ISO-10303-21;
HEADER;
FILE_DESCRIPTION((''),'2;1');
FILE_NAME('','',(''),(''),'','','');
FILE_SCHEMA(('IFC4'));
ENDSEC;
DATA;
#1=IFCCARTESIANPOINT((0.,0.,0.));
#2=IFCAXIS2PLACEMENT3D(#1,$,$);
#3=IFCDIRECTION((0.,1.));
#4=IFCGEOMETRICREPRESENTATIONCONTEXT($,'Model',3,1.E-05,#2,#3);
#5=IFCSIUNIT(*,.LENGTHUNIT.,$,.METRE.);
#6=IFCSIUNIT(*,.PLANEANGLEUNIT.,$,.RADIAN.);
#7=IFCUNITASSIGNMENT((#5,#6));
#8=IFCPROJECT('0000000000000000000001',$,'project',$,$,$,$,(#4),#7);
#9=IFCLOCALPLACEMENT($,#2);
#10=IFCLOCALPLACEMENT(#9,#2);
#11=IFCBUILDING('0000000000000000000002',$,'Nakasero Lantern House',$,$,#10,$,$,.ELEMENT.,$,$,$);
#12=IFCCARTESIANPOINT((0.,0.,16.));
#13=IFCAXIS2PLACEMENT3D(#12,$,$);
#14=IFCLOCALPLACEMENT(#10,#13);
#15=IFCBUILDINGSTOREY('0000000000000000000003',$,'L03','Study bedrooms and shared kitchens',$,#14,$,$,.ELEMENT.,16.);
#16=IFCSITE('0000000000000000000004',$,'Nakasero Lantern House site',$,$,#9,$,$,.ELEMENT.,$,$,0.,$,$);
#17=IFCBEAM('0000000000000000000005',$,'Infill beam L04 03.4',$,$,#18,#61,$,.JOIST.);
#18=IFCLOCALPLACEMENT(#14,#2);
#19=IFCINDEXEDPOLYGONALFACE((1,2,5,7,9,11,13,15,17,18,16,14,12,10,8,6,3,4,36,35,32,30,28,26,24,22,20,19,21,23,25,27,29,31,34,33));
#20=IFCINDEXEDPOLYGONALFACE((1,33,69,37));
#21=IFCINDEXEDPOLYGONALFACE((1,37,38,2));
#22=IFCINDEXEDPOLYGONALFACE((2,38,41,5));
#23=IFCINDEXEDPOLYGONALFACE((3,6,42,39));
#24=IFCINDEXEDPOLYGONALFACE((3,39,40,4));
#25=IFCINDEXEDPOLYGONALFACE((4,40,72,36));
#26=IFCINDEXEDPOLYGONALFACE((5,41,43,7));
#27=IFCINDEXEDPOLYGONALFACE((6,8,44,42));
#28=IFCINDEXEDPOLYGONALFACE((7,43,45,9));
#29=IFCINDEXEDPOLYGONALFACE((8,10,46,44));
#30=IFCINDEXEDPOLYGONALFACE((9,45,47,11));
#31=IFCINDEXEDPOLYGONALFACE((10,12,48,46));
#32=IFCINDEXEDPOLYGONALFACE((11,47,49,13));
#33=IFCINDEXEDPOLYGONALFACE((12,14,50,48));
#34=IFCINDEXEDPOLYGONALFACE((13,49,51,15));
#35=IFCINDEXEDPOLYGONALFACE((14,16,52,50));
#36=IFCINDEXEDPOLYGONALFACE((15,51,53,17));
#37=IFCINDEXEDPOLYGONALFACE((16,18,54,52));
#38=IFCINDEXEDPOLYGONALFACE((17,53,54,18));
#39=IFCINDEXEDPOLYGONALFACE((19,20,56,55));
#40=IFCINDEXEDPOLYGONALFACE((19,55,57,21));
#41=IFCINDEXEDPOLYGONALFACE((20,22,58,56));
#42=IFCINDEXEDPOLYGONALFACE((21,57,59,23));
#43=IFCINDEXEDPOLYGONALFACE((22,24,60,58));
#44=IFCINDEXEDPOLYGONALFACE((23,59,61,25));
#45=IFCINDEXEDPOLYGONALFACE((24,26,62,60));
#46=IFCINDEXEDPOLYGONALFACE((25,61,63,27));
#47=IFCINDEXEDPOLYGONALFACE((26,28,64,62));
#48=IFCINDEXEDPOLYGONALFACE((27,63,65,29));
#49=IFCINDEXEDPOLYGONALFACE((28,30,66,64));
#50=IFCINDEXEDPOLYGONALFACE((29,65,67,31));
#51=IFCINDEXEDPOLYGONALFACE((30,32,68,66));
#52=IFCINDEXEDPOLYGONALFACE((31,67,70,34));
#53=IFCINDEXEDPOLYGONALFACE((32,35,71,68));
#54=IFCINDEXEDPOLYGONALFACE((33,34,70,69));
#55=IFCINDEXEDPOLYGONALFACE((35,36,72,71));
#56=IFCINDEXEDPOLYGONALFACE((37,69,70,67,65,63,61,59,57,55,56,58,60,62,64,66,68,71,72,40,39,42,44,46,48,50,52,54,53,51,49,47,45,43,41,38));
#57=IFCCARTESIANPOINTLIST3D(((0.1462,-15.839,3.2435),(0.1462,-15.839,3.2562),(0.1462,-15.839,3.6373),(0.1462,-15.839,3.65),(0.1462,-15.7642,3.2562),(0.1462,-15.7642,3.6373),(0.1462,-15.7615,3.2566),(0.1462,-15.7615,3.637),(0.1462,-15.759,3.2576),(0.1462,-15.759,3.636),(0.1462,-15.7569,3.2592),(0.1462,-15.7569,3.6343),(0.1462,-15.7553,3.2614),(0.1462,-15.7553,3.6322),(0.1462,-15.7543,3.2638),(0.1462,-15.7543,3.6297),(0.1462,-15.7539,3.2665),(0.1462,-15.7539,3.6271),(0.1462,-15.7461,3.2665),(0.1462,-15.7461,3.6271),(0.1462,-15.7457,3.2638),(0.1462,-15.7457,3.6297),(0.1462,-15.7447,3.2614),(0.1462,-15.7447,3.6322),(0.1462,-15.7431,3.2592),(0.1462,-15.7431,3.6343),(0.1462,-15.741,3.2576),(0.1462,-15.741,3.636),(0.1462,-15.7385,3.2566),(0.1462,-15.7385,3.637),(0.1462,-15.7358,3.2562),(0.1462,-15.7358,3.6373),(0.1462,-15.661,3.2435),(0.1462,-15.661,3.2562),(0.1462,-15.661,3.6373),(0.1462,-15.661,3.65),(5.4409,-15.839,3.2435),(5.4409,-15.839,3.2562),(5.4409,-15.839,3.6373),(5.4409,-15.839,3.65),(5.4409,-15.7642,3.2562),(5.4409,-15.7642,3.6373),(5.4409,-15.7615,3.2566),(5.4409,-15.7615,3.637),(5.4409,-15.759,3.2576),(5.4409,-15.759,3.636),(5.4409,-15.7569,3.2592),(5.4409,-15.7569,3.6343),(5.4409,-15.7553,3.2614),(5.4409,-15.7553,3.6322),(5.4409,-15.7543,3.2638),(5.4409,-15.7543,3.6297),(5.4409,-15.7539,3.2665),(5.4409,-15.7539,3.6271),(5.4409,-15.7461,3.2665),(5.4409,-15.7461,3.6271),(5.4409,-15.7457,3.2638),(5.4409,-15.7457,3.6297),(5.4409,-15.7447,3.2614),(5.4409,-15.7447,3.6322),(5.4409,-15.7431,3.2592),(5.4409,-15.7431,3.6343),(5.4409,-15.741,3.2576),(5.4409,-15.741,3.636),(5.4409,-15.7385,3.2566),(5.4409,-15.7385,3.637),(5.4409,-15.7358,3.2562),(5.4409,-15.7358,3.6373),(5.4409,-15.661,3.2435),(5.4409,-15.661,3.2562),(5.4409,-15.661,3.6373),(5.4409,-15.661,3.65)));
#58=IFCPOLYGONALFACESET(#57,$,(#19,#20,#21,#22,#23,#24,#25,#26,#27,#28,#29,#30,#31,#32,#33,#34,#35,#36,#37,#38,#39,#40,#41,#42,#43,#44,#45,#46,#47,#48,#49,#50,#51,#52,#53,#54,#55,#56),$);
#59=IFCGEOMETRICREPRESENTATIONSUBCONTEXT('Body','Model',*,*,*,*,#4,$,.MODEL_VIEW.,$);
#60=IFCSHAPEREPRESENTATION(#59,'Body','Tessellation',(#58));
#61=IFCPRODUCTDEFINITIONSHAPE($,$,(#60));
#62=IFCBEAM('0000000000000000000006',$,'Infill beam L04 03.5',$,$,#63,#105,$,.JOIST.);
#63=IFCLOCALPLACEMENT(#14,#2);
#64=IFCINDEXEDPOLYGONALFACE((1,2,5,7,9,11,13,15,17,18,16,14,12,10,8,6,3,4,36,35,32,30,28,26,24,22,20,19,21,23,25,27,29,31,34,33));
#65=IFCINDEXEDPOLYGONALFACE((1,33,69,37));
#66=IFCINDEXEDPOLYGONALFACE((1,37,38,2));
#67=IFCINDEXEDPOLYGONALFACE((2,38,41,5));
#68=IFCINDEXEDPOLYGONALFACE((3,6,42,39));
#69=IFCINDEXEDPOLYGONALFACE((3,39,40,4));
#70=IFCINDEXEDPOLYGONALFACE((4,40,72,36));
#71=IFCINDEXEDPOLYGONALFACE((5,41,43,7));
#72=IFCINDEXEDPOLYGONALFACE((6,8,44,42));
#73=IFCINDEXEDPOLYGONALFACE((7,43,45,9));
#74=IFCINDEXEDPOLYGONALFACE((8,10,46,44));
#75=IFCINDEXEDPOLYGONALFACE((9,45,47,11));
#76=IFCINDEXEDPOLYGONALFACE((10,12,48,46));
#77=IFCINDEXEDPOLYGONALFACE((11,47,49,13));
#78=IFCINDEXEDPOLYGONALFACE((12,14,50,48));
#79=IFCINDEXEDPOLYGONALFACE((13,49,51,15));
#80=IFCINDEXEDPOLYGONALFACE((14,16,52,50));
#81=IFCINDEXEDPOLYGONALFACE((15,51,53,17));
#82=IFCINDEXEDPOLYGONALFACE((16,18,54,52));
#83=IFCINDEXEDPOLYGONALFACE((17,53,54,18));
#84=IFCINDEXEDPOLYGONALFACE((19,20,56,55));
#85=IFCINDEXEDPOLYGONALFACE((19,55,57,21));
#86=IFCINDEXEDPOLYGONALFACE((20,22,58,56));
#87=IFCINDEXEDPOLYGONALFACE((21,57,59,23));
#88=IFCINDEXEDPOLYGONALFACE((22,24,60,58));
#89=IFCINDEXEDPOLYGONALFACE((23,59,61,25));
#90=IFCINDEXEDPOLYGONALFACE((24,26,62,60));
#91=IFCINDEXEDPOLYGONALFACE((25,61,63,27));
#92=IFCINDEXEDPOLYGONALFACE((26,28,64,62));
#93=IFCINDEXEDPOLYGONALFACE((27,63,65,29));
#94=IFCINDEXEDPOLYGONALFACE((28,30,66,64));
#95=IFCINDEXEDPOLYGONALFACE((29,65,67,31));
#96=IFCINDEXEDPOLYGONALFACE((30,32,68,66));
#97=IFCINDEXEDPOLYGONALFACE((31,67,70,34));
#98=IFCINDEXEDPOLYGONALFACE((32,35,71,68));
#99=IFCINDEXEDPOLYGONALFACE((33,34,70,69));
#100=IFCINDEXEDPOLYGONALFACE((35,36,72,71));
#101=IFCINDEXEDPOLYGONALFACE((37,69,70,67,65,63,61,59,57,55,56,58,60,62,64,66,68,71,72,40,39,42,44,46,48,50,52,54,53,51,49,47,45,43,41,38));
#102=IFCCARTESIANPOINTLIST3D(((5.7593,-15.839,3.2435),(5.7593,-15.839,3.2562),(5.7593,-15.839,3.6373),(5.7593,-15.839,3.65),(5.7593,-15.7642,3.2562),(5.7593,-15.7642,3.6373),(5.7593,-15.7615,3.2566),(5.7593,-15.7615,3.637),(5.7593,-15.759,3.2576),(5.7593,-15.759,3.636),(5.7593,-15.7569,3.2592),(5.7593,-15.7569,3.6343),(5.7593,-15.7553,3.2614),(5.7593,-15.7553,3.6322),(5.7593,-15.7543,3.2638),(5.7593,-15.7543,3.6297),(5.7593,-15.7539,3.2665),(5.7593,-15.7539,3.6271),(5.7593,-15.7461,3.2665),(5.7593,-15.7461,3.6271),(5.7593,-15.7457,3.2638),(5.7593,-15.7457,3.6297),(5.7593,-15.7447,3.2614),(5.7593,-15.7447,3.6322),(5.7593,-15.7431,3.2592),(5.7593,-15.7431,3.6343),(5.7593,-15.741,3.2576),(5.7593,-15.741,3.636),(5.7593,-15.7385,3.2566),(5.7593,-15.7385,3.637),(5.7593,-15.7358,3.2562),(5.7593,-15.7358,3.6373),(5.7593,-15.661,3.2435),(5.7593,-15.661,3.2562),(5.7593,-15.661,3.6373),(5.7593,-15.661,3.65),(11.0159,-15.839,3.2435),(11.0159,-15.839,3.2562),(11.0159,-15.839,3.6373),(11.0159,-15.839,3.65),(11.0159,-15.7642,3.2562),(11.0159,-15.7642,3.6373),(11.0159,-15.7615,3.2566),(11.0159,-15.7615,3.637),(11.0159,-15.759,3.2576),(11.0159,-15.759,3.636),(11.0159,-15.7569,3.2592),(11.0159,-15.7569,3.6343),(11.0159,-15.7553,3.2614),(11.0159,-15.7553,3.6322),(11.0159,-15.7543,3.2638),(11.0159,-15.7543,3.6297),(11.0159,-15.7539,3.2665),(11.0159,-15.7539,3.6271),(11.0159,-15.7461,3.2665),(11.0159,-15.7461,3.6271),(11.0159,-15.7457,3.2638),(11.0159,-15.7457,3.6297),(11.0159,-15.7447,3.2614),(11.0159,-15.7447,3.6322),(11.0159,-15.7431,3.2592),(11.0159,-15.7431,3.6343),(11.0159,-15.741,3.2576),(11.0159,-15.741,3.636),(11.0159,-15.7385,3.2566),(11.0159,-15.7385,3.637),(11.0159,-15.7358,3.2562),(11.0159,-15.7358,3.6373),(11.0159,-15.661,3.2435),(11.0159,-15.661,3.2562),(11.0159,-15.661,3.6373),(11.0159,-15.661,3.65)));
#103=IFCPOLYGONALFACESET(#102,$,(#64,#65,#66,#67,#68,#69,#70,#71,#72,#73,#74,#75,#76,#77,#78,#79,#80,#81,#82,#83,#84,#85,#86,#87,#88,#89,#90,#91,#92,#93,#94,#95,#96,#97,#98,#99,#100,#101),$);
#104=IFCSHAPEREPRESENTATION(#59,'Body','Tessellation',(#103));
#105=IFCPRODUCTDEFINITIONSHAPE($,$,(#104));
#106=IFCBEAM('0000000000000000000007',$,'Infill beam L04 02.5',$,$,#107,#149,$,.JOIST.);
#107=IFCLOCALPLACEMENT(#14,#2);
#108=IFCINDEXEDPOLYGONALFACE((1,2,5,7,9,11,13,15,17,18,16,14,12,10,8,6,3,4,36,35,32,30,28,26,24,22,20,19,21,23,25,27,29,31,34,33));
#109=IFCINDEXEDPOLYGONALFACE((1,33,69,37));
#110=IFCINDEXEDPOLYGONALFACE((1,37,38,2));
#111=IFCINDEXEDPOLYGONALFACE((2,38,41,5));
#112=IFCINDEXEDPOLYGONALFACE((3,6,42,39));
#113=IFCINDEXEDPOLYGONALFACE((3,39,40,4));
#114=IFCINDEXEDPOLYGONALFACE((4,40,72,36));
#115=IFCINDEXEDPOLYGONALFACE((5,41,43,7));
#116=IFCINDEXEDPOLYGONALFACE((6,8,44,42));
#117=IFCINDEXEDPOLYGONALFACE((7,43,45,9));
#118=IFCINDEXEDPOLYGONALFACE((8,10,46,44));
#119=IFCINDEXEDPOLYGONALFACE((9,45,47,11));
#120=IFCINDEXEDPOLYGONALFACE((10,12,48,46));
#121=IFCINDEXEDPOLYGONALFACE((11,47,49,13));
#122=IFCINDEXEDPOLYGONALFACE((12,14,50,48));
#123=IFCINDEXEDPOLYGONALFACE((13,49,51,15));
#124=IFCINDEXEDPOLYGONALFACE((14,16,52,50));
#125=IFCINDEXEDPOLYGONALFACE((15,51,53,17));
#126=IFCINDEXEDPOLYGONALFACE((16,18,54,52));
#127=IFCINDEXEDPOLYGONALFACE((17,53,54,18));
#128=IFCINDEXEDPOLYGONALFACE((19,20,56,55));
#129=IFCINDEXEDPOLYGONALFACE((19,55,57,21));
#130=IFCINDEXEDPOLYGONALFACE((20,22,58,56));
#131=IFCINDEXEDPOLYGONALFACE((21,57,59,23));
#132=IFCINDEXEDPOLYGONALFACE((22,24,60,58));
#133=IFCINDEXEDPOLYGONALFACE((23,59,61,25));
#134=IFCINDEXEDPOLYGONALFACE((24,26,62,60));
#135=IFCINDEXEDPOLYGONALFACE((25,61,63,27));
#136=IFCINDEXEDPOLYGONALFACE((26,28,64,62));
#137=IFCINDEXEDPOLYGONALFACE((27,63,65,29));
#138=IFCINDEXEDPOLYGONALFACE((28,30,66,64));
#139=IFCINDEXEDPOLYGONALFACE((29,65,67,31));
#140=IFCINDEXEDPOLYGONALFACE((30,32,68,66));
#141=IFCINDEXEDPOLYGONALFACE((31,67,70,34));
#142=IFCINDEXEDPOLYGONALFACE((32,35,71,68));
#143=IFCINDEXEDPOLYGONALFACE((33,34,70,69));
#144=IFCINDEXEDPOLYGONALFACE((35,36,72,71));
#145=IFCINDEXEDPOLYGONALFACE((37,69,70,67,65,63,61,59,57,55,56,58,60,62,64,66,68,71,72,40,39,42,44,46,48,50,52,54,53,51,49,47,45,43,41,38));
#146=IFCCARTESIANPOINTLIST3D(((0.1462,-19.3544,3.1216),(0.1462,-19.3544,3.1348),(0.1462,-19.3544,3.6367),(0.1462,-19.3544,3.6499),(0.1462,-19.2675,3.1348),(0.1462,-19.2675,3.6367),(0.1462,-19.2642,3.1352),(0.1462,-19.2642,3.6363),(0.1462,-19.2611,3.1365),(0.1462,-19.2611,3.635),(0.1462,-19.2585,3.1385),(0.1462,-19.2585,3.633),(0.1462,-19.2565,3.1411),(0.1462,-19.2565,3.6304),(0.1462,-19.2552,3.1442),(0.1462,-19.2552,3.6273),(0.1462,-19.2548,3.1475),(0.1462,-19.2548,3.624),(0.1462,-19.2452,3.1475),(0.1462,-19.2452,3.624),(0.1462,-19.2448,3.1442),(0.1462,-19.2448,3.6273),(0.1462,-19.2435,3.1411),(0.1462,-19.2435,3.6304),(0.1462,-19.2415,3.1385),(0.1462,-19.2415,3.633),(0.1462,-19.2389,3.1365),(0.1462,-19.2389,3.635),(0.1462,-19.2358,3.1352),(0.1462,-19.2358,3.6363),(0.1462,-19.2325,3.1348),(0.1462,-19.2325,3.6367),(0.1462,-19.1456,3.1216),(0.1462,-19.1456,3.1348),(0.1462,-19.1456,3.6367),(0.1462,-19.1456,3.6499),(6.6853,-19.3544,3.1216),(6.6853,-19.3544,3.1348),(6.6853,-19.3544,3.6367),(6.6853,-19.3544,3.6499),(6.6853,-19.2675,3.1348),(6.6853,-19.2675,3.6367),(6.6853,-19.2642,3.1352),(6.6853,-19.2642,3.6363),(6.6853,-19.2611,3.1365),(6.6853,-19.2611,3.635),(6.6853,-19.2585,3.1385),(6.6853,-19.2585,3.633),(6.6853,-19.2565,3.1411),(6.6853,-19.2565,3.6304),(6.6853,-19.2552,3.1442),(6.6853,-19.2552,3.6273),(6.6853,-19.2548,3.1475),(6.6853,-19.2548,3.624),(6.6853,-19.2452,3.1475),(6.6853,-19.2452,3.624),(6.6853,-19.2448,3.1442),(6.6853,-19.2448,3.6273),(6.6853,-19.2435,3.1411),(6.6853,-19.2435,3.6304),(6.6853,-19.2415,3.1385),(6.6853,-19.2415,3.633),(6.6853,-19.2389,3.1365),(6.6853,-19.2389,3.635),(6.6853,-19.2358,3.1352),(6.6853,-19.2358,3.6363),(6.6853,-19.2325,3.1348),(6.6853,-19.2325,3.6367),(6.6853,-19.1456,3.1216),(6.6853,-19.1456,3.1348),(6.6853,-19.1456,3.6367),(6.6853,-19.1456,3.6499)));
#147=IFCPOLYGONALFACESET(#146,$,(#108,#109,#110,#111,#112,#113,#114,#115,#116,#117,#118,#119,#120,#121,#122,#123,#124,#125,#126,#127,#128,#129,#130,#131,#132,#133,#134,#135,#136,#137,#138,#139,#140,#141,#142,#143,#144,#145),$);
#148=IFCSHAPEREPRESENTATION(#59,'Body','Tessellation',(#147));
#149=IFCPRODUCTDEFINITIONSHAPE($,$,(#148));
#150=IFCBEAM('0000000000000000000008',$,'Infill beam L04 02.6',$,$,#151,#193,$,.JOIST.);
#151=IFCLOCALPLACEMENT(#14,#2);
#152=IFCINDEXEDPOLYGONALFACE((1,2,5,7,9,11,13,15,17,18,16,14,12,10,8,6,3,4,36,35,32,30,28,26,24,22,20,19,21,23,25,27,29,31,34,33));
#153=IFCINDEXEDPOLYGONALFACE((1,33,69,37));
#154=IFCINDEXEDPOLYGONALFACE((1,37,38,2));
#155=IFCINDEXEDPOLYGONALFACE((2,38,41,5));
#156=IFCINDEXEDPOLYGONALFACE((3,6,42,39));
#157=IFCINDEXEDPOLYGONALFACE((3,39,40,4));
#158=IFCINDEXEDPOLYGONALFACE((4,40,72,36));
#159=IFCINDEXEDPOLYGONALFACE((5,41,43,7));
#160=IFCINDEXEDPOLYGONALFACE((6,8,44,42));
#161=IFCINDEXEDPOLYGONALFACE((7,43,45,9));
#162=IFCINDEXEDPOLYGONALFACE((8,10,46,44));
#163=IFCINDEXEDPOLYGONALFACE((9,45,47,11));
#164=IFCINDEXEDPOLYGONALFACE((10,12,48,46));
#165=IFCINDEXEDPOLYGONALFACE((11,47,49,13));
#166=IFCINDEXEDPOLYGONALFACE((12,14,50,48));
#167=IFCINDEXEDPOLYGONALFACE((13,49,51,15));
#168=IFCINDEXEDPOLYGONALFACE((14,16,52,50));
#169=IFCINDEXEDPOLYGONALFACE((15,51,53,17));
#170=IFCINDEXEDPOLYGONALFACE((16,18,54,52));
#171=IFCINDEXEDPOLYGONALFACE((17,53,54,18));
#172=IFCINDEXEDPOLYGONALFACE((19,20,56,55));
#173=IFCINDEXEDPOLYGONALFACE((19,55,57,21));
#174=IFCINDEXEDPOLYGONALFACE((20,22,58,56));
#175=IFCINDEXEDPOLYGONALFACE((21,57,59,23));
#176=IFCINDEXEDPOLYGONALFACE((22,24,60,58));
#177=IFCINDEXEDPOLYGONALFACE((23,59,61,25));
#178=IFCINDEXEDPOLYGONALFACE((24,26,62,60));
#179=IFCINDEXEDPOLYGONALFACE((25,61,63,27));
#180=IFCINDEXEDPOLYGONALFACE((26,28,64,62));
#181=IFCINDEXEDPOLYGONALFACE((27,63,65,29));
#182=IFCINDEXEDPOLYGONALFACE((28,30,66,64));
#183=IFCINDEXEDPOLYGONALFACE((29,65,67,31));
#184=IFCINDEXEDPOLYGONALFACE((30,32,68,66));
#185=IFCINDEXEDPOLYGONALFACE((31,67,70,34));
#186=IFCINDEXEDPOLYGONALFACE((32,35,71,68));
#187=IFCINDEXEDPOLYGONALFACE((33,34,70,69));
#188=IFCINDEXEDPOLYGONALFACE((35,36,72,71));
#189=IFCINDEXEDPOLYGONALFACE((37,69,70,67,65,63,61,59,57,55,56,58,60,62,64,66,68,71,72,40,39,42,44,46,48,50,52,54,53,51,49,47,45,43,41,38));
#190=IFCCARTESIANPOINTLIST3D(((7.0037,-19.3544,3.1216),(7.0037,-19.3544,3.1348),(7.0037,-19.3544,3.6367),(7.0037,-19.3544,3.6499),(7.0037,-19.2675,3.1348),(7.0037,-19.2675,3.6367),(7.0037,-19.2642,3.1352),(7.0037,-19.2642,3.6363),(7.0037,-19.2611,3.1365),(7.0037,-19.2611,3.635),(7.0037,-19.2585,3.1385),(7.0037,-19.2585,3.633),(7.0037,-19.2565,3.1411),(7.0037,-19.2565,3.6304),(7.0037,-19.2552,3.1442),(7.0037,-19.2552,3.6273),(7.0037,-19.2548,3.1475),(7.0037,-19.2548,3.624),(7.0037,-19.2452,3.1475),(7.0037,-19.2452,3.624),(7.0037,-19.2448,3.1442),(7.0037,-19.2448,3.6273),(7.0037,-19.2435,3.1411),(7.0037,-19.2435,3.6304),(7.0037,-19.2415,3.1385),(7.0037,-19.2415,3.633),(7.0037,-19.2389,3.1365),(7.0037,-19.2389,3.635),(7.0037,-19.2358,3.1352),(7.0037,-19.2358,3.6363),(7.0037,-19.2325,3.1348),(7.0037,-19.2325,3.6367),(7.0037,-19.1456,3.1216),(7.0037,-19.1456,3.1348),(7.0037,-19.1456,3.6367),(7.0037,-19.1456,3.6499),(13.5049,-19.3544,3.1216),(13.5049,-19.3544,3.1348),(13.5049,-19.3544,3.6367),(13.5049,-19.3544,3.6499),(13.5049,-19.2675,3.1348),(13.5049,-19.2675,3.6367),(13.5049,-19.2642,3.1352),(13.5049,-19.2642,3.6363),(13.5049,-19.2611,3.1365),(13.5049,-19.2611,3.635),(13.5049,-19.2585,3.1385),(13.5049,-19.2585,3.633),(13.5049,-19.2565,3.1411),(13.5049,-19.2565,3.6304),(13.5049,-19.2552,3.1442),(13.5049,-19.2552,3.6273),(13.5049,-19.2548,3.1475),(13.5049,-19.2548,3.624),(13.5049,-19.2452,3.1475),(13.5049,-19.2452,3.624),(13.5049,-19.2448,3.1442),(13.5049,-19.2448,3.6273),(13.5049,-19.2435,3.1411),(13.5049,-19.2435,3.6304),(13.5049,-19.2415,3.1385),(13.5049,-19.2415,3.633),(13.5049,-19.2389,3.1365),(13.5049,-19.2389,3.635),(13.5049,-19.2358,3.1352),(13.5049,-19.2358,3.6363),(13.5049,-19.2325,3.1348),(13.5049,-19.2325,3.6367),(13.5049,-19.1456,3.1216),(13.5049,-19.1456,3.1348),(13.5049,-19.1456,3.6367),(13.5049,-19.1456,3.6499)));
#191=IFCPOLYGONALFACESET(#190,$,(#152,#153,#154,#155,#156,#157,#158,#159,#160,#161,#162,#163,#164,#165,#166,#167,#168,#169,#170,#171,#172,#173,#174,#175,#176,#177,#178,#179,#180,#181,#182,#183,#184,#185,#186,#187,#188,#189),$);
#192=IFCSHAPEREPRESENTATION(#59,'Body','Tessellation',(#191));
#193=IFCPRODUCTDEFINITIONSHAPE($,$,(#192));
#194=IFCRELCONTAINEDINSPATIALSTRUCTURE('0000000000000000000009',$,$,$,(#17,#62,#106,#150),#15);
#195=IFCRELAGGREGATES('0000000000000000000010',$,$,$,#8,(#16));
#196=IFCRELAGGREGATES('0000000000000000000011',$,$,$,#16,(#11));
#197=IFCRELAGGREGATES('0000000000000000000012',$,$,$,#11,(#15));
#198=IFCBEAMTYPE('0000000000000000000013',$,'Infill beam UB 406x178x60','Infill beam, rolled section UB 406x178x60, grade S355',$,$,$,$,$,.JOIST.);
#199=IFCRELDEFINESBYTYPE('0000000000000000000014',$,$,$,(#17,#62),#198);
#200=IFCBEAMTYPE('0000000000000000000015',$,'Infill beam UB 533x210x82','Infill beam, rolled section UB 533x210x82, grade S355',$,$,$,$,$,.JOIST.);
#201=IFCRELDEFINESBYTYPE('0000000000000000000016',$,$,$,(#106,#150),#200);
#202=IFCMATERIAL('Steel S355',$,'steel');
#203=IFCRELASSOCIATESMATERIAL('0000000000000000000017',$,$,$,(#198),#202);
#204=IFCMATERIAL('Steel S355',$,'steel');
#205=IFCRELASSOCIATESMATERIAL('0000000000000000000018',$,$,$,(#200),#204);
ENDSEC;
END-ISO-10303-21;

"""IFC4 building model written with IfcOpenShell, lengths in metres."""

from ifc_helpers import new_model, si_unit, direction, frame, origin, origin_2d, place, context, subcontext, project, spatial, i_section, extrude, material, material_profile, profile_set, type_object, element, save


model = new_model("IFC4")

# Units and contexts
model_context = context("Model", 3, precision=1e-05, world=origin(), true_north=direction((0.0, 1.0)))
body_context = subcontext(model_context, "Body", "Model", "MODEL_VIEW")
ifc_project = project(units=[si_unit("LENGTHUNIT", "METRE"), si_unit("PLANEANGLEUNIT", "RADIAN")], contexts=[model_context])

# Site, building, storey
site_placement = place(None, origin())
site = spatial("IfcSite", under=ifc_project, at=site_placement, Name="Nakasero Lantern House site", CompositionType="ELEMENT", RefElevation=0.0)
building_placement = place(site_placement, origin())
building = spatial("IfcBuilding", under=site, at=building_placement, Name="Nakasero Lantern House", CompositionType="ELEMENT")
storey_placement = place(building_placement, frame((0.0, 0.0, 16.0)))
storey = spatial("IfcBuildingStorey", under=building, at=storey_placement, Name="L03", Description="Study bedrooms and shared kitchens", CompositionType="ELEMENT", Elevation=16.0)

# Beams
ifc_material_1 = material(Name="Steel S355", Category="steel")
ifc_material_profile_1 = material_profile(ifc_material_1, i_section(OverallWidth=0.178, OverallDepth=0.4065, WebThickness=0.0078, FlangeThickness=0.0127, FilletRadius=0.0103, at=origin_2d()), Name="UB 406x178x60")
ifc_profile_set_1 = profile_set([ifc_material_profile_1], Name="Steel S355")
beam_type_1 = type_object("IfcBeamType", Name="Infill beam UB 406x178x60", Description="Infill beam, rolled section UB 406x178x60, grade S355", PredefinedType="JOIST", material=ifc_profile_set_1)
beam_1_placement = place(storey_placement, frame((0.1462, -15.75, 3.4468), z_axis=(1.0, 0.0, 0.0), x_axis=(0.0, 1.0, 0.0)))
element("IfcBeam", 1, at=beam_1_placement, inside=storey, type_object=beam_type_1, Name="Infill beam L04 03.4", PredefinedType="JOIST", context=body_context, shape_type="SweptSolid", body=[
    extrude(i_section(OverallWidth=0.178, OverallDepth=0.4065, WebThickness=0.0078, FlangeThickness=0.0127, FilletRadius=0.0103, at=origin_2d()), origin(), (0.0, 0.0, 1.0), 5.2947),
])
beam_2_placement = place(storey_placement, frame((5.7593, -15.75, 3.4468), z_axis=(1.0, 0.0, 0.0), x_axis=(0.0, 1.0, 0.0)))
element("IfcBeam", 2, at=beam_2_placement, inside=storey, type_object=beam_type_1, Name="Infill beam L04 03.5", PredefinedType="JOIST", context=body_context, shape_type="SweptSolid", body=[
    extrude(i_section(OverallWidth=0.178, OverallDepth=0.4065, WebThickness=0.0078, FlangeThickness=0.0127, FilletRadius=0.0103, at=origin_2d()), origin(), (0.0, 0.0, 1.0), 5.2566),
])
ifc_material_2 = material(Name="Steel S355", Category="steel")
ifc_material_profile_2 = material_profile(ifc_material_2, i_section(OverallWidth=0.2087, OverallDepth=0.5283, WebThickness=0.0095, FlangeThickness=0.0132, FilletRadius=0.0127, at=origin_2d()), Name="UB 533x210x82")
ifc_profile_set_2 = profile_set([ifc_material_profile_2], Name="Steel S355")
beam_type_2 = type_object("IfcBeamType", Name="Infill beam UB 533x210x82", Description="Infill beam, rolled section UB 533x210x82, grade S355", PredefinedType="JOIST", material=ifc_profile_set_2)
beam_3_placement = place(storey_placement, frame((0.1462, -19.25, 3.3857), z_axis=(1.0, 0.0, 0.0), x_axis=(0.0, 1.0, 0.0)))
element("IfcBeam", 3, at=beam_3_placement, inside=storey, type_object=beam_type_2, Name="Infill beam L04 02.5", PredefinedType="JOIST", context=body_context, shape_type="SweptSolid", body=[
    extrude(i_section(OverallWidth=0.2087, OverallDepth=0.5283, WebThickness=0.0095, FlangeThickness=0.0132, FilletRadius=0.0127, at=origin_2d()), origin(), (0.0, 0.0, 1.0), 6.5391),
])
beam_4_placement = place(storey_placement, frame((7.0037, -19.25, 3.3857), z_axis=(1.0, 0.0, 0.0), x_axis=(0.0, 1.0, 0.0)))
element("IfcBeam", 4, at=beam_4_placement, inside=storey, type_object=beam_type_2, Name="Infill beam L04 02.6", PredefinedType="JOIST", context=body_context, shape_type="SweptSolid", body=[
    extrude(i_section(OverallWidth=0.2087, OverallDepth=0.5283, WebThickness=0.0095, FlangeThickness=0.0132, FilletRadius=0.0127, at=origin_2d()), origin(), (0.0, 0.0, 1.0), 6.5012),
])

save(model, "model.ifc")
